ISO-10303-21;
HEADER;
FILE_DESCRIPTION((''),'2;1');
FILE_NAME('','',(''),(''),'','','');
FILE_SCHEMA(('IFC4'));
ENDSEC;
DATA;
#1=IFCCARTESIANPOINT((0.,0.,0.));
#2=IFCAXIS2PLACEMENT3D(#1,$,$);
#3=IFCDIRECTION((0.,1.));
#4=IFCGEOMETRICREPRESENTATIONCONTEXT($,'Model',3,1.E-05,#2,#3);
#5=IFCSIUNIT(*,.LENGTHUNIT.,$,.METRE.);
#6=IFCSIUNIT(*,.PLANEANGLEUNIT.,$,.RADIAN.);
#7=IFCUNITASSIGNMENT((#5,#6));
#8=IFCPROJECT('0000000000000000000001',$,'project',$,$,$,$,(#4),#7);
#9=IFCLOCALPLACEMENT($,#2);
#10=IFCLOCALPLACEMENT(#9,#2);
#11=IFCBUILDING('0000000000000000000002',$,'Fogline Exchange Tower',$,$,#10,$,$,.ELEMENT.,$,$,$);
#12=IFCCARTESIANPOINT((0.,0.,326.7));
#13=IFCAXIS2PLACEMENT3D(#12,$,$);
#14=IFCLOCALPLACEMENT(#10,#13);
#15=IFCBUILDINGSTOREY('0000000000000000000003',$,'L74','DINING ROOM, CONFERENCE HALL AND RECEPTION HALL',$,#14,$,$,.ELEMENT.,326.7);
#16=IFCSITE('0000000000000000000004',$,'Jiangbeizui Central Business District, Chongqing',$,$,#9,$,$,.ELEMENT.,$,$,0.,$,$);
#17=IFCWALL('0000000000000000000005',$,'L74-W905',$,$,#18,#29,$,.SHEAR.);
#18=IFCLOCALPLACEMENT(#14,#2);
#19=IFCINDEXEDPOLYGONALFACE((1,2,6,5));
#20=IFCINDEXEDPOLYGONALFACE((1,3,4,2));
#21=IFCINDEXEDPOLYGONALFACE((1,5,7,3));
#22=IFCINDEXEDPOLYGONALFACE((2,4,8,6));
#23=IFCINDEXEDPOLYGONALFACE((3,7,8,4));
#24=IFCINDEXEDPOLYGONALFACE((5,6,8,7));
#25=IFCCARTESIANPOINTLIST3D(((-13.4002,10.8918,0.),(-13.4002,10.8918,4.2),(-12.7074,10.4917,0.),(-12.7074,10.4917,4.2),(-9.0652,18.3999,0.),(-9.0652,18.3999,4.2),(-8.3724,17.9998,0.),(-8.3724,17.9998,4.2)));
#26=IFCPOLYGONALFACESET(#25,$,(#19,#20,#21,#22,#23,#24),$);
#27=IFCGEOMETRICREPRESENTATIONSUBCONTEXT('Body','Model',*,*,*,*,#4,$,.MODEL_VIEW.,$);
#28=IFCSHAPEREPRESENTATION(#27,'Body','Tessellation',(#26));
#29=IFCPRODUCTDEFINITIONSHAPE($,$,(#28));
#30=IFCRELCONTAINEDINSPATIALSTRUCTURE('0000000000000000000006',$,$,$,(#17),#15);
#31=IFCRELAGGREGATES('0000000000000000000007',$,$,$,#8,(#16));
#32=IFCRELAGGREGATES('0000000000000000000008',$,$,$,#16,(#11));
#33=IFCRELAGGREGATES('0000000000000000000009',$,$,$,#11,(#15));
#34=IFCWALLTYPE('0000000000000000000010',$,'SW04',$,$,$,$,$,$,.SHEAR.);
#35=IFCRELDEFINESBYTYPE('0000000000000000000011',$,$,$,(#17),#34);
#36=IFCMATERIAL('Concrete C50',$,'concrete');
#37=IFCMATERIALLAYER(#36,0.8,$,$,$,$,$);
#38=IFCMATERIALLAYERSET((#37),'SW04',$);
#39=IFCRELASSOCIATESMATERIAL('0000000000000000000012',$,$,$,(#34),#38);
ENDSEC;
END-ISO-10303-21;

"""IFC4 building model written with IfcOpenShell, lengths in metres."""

from ifc_helpers import new_model, si_unit, direction, frame, frame_2d, origin, place, context, subcontext, project, spatial, rectangle, extrude, material, layer, layer_set, type_object, element, save


model = new_model("IFC4")

# Units and contexts
model_context = context("Model", 3, precision=1e-05, world=origin(), true_north=direction((0.0, 1.0)))
body_context = subcontext(model_context, "Body", "Model", "MODEL_VIEW")
ifc_project = project(units=[si_unit("LENGTHUNIT", "METRE"), si_unit("PLANEANGLEUNIT", "RADIAN")], contexts=[model_context])

# Site, building, storey
site_placement = place(None, origin())
site = spatial("IfcSite", under=ifc_project, at=site_placement, Name="Jiangbeizui Central Business District, Chongqing", CompositionType="ELEMENT", RefElevation=0.0)
building_placement = place(site_placement, origin())
building = spatial("IfcBuilding", under=site, at=building_placement, Name="Fogline Exchange Tower", CompositionType="ELEMENT")
storey_placement = place(building_placement, frame((0.0, 0.0, 326.7)))
storey = spatial("IfcBuildingStorey", under=building, at=storey_placement, Name="L74", Description="DINING ROOM, CONFERENCE HALL AND RECEPTION HALL", CompositionType="ELEMENT", Elevation=326.7)

# Wall
ifc_material_1 = material(Name="Concrete C50", Category="concrete")
ifc_layer_1 = layer(ifc_material_1, 0.8)
ifc_layer_set_1 = layer_set([ifc_layer_1], Name="SW04")
wall_type_1 = type_object("IfcWallType", Name="SW04", PredefinedType="SHEAR", material=ifc_layer_set_1)
wall_1_placement = place(storey_placement, frame((-8.7188, 18.2, 0.0), z_axis=(0.0, 0.0, 1.0), x_axis=(-0.500016, -0.866016, 0.0)))
element("IfcWall", 1, at=wall_1_placement, inside=storey, type_object=wall_type_1, Name="L74-W905", PredefinedType="SHEAR", context=body_context, shape_type="SweptSolid", body=[
    extrude(rectangle(XDim=8.6697, YDim=0.8, at=frame_2d((4.335, 0.0))), origin(), (0.0, 0.0, 1.0), 4.2),
])

save(model, "model.ifc")
